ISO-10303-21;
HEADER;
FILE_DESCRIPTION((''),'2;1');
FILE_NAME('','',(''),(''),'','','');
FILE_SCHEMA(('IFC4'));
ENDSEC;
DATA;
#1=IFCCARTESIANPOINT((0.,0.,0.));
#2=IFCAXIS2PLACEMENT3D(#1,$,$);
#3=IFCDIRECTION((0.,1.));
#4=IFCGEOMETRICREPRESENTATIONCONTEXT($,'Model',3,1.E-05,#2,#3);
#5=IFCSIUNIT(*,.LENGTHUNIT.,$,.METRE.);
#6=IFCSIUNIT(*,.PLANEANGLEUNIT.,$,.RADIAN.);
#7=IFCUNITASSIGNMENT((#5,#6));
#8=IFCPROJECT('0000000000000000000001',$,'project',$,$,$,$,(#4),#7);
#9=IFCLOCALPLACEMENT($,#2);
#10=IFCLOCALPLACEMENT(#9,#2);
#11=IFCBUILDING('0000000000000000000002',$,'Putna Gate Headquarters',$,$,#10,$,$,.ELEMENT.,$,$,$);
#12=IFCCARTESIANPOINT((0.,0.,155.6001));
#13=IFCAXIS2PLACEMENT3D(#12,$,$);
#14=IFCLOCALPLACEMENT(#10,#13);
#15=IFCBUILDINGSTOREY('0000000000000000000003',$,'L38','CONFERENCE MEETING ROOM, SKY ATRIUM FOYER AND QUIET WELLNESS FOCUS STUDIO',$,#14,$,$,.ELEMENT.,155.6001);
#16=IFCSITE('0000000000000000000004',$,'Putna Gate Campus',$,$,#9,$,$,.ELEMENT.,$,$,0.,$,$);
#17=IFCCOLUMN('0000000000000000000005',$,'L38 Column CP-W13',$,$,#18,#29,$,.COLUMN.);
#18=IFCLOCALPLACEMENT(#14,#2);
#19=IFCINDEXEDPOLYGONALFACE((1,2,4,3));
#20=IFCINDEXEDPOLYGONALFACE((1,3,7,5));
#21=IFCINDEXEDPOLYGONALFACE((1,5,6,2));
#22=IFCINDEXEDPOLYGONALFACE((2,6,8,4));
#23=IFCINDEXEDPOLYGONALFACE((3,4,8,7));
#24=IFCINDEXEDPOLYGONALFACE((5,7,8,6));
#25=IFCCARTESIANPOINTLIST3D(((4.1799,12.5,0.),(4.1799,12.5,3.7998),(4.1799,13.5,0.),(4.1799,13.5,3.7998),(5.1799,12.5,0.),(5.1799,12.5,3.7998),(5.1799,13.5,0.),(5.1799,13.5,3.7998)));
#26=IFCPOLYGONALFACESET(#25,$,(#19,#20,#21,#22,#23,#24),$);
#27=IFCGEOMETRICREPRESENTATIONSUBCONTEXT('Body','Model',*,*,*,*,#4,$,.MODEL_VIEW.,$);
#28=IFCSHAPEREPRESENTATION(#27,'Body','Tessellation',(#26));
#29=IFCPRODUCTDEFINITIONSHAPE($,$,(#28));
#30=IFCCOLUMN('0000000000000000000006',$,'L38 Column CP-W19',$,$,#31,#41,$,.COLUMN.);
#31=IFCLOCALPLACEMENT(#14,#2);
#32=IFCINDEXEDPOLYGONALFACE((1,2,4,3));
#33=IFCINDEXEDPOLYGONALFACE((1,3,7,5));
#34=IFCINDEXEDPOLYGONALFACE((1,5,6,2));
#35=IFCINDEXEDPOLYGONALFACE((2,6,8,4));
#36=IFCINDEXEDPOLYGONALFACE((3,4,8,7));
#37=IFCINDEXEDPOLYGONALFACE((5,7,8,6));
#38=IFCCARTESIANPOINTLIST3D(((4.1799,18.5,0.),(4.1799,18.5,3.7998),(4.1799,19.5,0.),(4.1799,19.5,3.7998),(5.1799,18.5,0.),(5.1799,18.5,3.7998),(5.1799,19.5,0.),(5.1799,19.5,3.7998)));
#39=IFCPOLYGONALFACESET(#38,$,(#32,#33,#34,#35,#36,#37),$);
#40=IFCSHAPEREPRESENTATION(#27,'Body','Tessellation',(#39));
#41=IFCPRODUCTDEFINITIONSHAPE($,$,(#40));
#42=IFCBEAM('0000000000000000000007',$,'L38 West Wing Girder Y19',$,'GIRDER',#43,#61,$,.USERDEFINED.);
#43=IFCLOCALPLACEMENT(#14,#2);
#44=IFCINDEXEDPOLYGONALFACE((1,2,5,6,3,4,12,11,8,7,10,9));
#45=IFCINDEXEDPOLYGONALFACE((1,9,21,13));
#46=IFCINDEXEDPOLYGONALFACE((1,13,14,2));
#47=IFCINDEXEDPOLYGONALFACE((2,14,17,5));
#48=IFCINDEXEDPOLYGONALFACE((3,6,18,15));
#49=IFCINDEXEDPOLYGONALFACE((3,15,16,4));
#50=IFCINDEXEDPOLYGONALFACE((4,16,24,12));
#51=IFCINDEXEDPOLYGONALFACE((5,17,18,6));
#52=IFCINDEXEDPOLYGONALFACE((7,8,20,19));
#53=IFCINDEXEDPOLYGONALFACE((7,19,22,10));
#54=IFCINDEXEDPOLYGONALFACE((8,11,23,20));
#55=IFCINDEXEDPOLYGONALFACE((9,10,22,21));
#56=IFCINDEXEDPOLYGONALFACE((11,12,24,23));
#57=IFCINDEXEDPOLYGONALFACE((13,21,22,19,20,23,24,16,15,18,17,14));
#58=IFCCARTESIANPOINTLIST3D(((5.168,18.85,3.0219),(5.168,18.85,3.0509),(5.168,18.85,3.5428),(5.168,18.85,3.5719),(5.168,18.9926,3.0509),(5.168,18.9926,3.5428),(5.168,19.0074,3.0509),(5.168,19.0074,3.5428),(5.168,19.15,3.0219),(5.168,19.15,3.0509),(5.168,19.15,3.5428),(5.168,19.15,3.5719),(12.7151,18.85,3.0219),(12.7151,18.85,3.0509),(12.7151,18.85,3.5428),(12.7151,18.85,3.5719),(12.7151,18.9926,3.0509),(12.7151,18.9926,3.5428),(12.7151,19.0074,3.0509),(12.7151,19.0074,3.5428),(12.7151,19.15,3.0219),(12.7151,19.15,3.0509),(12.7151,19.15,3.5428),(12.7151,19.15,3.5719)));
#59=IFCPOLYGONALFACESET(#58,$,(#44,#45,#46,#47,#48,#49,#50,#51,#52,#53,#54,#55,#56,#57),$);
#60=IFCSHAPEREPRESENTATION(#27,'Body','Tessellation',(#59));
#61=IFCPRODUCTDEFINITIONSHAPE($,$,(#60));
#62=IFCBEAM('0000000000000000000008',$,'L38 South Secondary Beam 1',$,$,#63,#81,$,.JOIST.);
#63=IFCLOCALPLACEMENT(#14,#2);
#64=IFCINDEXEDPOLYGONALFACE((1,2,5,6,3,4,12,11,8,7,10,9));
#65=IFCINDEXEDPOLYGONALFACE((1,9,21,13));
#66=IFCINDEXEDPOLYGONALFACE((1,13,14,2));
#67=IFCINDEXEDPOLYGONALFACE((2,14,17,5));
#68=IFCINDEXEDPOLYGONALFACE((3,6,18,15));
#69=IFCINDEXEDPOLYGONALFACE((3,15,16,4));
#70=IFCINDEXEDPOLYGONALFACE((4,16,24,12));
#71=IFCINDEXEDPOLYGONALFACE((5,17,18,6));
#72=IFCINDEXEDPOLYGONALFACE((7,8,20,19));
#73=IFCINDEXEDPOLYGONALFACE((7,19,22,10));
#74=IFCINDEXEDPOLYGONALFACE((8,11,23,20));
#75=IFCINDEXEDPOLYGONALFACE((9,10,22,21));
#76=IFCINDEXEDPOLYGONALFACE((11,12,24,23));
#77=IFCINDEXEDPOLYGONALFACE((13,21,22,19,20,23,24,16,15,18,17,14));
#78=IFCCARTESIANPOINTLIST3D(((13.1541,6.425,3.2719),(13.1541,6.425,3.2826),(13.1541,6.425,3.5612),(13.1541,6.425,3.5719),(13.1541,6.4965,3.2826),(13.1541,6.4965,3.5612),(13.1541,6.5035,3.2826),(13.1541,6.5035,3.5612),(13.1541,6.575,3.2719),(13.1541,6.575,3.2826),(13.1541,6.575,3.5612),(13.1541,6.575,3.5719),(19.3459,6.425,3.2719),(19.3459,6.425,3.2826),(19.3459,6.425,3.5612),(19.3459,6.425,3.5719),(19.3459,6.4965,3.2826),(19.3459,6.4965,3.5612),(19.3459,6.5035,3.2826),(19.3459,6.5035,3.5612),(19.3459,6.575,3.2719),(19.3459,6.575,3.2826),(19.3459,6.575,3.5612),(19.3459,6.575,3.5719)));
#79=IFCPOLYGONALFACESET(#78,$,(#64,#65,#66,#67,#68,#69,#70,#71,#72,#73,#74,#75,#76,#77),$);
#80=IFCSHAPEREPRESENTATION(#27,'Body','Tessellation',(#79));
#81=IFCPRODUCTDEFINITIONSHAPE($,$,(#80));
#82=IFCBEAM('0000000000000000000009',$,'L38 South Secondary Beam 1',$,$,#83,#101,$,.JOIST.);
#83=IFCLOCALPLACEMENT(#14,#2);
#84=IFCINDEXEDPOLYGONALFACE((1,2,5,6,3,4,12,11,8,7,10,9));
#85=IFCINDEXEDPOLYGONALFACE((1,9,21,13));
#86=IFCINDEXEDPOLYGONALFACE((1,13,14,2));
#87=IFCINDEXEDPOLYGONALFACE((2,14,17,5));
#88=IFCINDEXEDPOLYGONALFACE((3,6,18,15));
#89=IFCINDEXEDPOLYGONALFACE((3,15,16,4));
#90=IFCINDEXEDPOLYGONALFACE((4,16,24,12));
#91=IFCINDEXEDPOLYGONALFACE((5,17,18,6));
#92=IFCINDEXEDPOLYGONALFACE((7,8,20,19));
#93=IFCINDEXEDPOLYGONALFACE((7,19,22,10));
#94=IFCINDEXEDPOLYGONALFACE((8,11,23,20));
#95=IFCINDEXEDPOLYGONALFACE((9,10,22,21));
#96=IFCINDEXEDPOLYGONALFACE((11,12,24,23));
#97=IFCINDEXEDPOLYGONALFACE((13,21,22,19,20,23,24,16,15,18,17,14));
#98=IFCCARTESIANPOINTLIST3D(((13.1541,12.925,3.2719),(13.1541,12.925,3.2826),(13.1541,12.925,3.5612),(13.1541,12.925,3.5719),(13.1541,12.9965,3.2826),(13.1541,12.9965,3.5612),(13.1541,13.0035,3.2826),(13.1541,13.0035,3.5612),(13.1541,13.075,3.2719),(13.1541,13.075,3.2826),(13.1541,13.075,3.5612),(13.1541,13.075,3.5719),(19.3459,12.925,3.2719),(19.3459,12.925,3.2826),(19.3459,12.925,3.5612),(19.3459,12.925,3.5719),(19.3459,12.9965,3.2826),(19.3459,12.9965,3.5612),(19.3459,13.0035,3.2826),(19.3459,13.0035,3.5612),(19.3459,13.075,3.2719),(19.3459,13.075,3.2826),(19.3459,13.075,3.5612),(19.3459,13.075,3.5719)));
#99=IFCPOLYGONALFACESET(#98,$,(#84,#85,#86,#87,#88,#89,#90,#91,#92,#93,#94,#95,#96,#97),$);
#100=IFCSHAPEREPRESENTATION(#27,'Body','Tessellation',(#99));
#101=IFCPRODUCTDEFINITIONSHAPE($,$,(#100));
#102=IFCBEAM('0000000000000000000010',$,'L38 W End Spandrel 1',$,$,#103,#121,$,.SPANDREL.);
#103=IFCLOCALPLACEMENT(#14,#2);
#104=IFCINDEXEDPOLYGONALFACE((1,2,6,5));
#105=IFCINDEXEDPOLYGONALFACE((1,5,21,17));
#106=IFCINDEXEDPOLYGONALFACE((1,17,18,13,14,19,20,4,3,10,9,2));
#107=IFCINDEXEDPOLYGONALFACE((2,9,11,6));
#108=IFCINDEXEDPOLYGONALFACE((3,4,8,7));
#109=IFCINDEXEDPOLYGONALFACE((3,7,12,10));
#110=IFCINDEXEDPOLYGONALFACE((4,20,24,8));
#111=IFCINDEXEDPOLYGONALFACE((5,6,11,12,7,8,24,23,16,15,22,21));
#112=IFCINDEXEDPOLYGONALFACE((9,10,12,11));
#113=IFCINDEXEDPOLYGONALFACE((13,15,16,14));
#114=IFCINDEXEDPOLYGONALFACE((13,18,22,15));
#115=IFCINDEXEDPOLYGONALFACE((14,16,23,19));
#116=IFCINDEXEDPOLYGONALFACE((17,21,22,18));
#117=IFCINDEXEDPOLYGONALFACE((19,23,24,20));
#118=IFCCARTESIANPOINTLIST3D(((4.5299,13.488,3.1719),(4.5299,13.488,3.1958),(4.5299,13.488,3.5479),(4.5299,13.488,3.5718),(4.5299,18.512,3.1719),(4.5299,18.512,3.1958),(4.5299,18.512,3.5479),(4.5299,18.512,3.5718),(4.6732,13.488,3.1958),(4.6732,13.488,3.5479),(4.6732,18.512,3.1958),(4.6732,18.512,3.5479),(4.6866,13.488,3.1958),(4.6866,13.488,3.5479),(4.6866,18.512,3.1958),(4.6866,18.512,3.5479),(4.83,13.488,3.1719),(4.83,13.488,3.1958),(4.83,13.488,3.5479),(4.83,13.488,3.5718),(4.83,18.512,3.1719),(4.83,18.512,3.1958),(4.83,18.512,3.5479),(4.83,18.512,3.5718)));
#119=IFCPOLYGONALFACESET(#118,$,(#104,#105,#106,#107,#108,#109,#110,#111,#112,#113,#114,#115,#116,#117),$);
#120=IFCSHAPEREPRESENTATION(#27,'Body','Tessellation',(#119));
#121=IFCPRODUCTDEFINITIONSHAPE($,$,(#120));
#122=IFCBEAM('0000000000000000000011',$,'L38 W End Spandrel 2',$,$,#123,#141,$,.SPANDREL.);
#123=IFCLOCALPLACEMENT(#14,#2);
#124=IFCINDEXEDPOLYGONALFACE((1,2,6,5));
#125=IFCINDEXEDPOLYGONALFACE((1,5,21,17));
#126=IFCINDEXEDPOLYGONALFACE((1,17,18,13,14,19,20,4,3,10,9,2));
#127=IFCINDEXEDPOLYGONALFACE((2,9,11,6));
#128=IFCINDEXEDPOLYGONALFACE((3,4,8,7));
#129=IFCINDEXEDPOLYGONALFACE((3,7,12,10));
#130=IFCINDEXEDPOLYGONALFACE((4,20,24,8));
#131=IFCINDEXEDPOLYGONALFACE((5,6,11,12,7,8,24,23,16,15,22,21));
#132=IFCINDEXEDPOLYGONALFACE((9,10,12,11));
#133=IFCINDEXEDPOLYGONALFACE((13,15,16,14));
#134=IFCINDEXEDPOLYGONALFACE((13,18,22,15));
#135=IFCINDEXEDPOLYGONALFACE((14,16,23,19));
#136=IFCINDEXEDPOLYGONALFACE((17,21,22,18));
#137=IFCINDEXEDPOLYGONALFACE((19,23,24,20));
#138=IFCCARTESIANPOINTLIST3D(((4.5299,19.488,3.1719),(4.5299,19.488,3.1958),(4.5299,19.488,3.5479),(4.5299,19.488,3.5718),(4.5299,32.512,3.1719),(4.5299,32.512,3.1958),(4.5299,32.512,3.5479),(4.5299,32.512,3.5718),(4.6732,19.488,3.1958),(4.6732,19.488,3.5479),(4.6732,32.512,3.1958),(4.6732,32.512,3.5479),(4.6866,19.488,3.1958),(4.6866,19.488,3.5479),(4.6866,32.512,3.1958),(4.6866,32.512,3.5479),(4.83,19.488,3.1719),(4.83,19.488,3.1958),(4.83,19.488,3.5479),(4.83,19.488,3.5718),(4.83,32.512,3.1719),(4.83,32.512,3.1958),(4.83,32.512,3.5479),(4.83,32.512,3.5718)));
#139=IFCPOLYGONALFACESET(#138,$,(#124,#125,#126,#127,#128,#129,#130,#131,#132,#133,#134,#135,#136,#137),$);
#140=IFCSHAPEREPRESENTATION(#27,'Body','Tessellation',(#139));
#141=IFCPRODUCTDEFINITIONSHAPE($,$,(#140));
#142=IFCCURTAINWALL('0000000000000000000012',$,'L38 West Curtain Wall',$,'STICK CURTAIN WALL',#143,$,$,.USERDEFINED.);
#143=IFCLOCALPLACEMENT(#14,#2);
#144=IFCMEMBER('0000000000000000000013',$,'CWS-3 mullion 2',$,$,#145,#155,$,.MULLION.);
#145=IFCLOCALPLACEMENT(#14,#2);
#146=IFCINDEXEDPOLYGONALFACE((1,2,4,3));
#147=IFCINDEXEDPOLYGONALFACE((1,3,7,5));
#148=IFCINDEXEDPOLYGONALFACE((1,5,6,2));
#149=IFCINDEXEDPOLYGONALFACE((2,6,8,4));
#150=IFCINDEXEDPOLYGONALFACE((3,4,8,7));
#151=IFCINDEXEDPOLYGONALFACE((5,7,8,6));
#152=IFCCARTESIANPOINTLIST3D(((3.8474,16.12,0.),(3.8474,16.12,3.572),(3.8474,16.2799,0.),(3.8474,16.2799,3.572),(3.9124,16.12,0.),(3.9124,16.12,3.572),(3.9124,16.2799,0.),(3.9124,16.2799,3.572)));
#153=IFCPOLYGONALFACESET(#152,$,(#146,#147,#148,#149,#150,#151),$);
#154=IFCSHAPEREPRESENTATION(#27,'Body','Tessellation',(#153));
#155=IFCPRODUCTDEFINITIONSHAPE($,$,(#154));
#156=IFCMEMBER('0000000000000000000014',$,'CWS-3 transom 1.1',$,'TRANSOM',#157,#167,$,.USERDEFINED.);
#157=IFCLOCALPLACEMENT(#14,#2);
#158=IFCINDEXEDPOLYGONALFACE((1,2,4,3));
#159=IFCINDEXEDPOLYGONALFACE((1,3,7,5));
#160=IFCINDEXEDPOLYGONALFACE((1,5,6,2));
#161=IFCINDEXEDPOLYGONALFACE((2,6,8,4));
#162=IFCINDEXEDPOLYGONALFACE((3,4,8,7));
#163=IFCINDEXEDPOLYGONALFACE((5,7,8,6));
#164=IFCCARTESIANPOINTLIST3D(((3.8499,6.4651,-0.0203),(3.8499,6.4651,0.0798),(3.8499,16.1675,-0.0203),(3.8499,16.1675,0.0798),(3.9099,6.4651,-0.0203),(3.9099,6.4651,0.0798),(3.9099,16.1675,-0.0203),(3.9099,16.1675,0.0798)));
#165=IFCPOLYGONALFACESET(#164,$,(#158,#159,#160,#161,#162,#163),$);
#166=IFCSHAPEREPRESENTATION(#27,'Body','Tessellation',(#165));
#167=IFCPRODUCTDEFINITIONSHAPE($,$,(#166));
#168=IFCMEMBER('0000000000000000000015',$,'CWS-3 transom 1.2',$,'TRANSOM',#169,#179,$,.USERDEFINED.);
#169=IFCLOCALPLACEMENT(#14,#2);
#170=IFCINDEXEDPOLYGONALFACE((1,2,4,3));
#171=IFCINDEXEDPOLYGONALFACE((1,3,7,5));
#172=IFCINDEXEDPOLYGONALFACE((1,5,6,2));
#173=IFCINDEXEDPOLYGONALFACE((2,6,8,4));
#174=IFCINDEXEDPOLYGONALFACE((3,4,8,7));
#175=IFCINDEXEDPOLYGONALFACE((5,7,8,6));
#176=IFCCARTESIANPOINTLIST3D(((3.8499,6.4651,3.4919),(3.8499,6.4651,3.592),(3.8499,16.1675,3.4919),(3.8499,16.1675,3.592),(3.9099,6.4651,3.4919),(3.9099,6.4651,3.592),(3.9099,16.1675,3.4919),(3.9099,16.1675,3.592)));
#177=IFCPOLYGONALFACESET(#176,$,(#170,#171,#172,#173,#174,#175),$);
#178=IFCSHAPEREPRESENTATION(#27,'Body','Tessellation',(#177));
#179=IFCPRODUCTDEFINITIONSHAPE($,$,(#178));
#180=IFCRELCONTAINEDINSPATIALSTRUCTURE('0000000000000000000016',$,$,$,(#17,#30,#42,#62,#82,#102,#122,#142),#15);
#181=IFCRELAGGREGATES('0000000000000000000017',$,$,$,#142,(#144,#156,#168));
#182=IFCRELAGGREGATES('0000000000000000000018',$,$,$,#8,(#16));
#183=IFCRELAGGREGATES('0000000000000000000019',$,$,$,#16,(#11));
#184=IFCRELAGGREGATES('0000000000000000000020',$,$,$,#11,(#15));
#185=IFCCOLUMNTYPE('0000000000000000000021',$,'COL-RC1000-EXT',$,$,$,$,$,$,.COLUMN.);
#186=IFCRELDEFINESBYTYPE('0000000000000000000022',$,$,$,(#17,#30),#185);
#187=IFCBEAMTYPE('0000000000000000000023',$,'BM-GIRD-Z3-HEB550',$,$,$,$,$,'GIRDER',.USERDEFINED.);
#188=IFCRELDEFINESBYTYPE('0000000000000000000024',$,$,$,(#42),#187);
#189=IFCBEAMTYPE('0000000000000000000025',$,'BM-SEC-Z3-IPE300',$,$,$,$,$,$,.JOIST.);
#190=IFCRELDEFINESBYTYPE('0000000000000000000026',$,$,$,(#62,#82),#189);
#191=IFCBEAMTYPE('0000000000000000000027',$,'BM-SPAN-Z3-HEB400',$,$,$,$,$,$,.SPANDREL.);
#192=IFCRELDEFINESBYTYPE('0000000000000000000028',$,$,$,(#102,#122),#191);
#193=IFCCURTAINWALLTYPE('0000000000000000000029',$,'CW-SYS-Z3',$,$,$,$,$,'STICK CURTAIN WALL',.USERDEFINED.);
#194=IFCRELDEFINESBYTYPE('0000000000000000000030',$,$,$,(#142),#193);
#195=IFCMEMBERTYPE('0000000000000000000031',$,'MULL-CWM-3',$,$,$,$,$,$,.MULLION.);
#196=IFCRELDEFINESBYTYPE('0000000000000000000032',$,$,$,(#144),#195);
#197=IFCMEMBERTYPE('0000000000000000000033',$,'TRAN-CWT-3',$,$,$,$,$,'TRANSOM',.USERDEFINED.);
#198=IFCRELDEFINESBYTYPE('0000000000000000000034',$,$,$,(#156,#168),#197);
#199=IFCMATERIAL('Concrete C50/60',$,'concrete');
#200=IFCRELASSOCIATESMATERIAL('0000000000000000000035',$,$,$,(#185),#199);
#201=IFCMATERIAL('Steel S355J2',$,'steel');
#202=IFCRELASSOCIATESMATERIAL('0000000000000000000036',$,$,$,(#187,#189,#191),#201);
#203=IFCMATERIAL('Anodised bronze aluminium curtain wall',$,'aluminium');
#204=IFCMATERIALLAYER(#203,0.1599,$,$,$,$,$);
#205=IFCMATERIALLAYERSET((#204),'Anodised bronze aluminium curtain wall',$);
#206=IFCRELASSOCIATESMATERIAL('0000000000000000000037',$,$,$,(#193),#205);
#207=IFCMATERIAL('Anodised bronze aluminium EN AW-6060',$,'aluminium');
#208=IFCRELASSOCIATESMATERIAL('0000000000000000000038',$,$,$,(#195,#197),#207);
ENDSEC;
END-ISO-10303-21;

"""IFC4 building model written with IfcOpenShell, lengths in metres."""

from ifc_helpers import new_model, si_unit, direction, frame, origin, origin_2d, place, context, subcontext, project, spatial, rectangle, i_section, extrude, material, layer, layer_set, material_profile, profile_set, type_object, element, aggregate, save


model = new_model("IFC4")

# Units and contexts
model_context = context("Model", 3, precision=1e-05, world=origin(), true_north=direction((0.0, 1.0)))
body_context = subcontext(model_context, "Body", "Model", "MODEL_VIEW")
ifc_project = project(units=[si_unit("LENGTHUNIT", "METRE"), si_unit("PLANEANGLEUNIT", "RADIAN")], contexts=[model_context])

# Site, building, storey
site_placement = place(None, origin())
site = spatial("IfcSite", under=ifc_project, at=site_placement, Name="Putna Gate Campus", CompositionType="ELEMENT", RefElevation=0.0)
building_placement = place(site_placement, origin())
building = spatial("IfcBuilding", under=site, at=building_placement, Name="Putna Gate Headquarters", CompositionType="ELEMENT")
storey_placement = place(building_placement, frame((0.0, 0.0, 155.6001)))
storey = spatial("IfcBuildingStorey", under=building, at=storey_placement, Name="L38", Description="CONFERENCE MEETING ROOM, SKY ATRIUM FOYER AND QUIET WELLNESS FOCUS STUDIO", CompositionType="ELEMENT", Elevation=155.6001)

# Columns
ifc_material_1 = material(Name="Concrete C50/60", Category="concrete")
ifc_material_profile_1 = material_profile(ifc_material_1, rectangle(XDim=1.0, YDim=1.0, at=origin_2d()), Name="Concrete C50/60")
ifc_profile_set_1 = profile_set([ifc_material_profile_1], Name="Concrete C50/60")
column_type = type_object("IfcColumnType", Name="COL-RC1000-EXT", PredefinedType="COLUMN", material=ifc_profile_set_1)
for number, where, z_axis, x_axis, name in (
    (1, (4.6799, 13.0, 0.0), (0.0, 0.0, 1.0), (1.0, 0.0, 0.0), "L38 Column CP-W13"),
    (2, (4.6799, 19.0, 0.0), (0.0, 0.0, 1.0), (1.0, 0.0, 0.0), "L38 Column CP-W19"),
):
    element("IfcColumn", number, at=place(storey_placement, frame(where, z_axis=z_axis, x_axis=x_axis)), inside=storey, type_object=column_type, Name=name, PredefinedType="COLUMN", context=body_context, shape_type="SweptSolid", body=[
        extrude(rectangle(XDim=1.0, YDim=1.0, at=origin_2d()), origin(), (0.0, 0.0, 1.0), 3.7998),
    ])

# Beams
ifc_material_2 = material(Name="Steel S355J2", Category="steel")
ifc_material_profile_2 = material_profile(ifc_material_2, i_section(OverallWidth=0.3, OverallDepth=0.55, WebThickness=0.0149, FlangeThickness=0.0291, at=origin_2d()), Name="Steel S355J2")
ifc_profile_set_2 = profile_set([ifc_material_profile_2], Name="Steel S355J2")
beam_type_1 = type_object("IfcBeamType", Name="BM-GIRD-Z3-HEB550", ElementType="GIRDER", PredefinedType="USERDEFINED", material=ifc_profile_set_2)
beam_1_placement = place(storey_placement, frame((5.168, 19.0, 3.2969), z_axis=(1.0, 0.0, 0.0), x_axis=(0.0, 1.0, 0.0)))
element("IfcBeam", 3, at=beam_1_placement, inside=storey, type_object=beam_type_1, Name="L38 West Wing Girder Y19", ObjectType="GIRDER", PredefinedType="USERDEFINED", context=body_context, shape_type="SweptSolid", body=[
    extrude(i_section(OverallWidth=0.3, OverallDepth=0.55, WebThickness=0.0149, FlangeThickness=0.0291, at=origin_2d()), origin(), (0.0, 0.0, 1.0), 7.5471),
])
ifc_material_profile_3 = material_profile(ifc_material_2, i_section(OverallWidth=0.1499, OverallDepth=0.3, WebThickness=0.0071, FlangeThickness=0.0107, at=origin_2d()), Name="Steel S355J2")
ifc_profile_set_3 = profile_set([ifc_material_profile_3], Name="Steel S355J2")
beam_type_2 = type_object("IfcBeamType", Name="BM-SEC-Z3-IPE300", PredefinedType="JOIST", material=ifc_profile_set_3)
for number, where, z_axis, x_axis, name in (
    (4, (13.1541, 6.5, 3.4219), (1.0, 0.0, 0.0), (0.0, 1.0, 0.0), "L38 South Secondary Beam 1"),
    (5, (13.1541, 13.0, 3.4219), (1.0, 0.0, 0.0), (0.0, 1.0, 0.0), "L38 South Secondary Beam 1"),
):
    element("IfcBeam", number, at=place(storey_placement, frame(where, z_axis=z_axis, x_axis=x_axis)), inside=storey, type_object=beam_type_2, Name=name, PredefinedType="JOIST", context=body_context, shape_type="SweptSolid", body=[
        extrude(i_section(OverallWidth=0.1499, OverallDepth=0.3, WebThickness=0.0071, FlangeThickness=0.0107, at=origin_2d()), origin(), (0.0, 0.0, 1.0), 6.1919),
    ])
ifc_material_profile_4 = material_profile(ifc_material_2, i_section(OverallWidth=0.3, OverallDepth=0.3999, WebThickness=0.0134, FlangeThickness=0.0239, at=origin_2d()), Name="Steel S355J2")
ifc_profile_set_4 = profile_set([ifc_material_profile_4], Name="Steel S355J2")
beam_type_3 = type_object("IfcBeamType", Name="BM-SPAN-Z3-HEB400", PredefinedType="SPANDREL", material=ifc_profile_set_4)
beam_2_placement = place(storey_placement, frame((4.6799, 13.488, 3.3718), z_axis=(0.0, 1.0, 0.0), x_axis=(-1.0, 0.0, 0.0)))
element("IfcBeam", 6, at=beam_2_placement, inside=storey, type_object=beam_type_3, Name="L38 W End Spandrel 1", PredefinedType="SPANDREL", context=body_context, shape_type="SweptSolid", body=[
    extrude(i_section(OverallWidth=0.3, OverallDepth=0.3999, WebThickness=0.0134, FlangeThickness=0.0239, at=origin_2d()), origin(), (0.0, 0.0, 1.0), 5.0239),
])
beam_3_placement = place(storey_placement, frame((4.6799, 19.488, 3.3718), z_axis=(0.0, 1.0, 0.0), x_axis=(-1.0, 0.0, 0.0)))
element("IfcBeam", 7, at=beam_3_placement, inside=storey, type_object=beam_type_3, Name="L38 W End Spandrel 2", PredefinedType="SPANDREL", context=body_context, shape_type="SweptSolid", body=[
    extrude(i_section(OverallWidth=0.3, OverallDepth=0.3999, WebThickness=0.0134, FlangeThickness=0.0239, at=origin_2d()), origin(), (0.0, 0.0, 1.0), 13.0239),
])

# Curtain wall, members
ifc_material_3 = material(Name="Anodised bronze aluminium curtain wall", Category="aluminium")
ifc_layer_1 = layer(ifc_material_3, 0.1599)
ifc_layer_set_1 = layer_set([ifc_layer_1], Name="Anodised bronze aluminium curtain wall")
curtain_wall_type = type_object("IfcCurtainWallType", Name="CW-SYS-Z3", ElementType="STICK CURTAIN WALL", PredefinedType="USERDEFINED", material=ifc_layer_set_1)
curtain_wall_placement = place(storey_placement, origin())
curtain_wall = element("IfcCurtainWall", 8, at=curtain_wall_placement, inside=storey, type_object=curtain_wall_type, Name="L38 West Curtain Wall", ObjectType="STICK CURTAIN WALL", PredefinedType="USERDEFINED")
ifc_material_4 = material(Name="Anodised bronze aluminium EN AW-6060", Category="aluminium")
ifc_material_profile_5 = material_profile(ifc_material_4, rectangle(XDim=0.0649, YDim=0.1599, at=origin_2d()), Name="Anodised bronze aluminium EN AW-6060")
ifc_profile_set_5 = profile_set([ifc_material_profile_5], Name="Anodised bronze aluminium EN AW-6060")
member_type_1 = type_object("IfcMemberType", Name="MULL-CWM-3", PredefinedType="MULLION", material=ifc_profile_set_5)
member_1_placement = place(storey_placement, frame((3.8799, 16.2, 0.0), z_axis=(0.0, 0.0, 1.0), x_axis=(-1.0, 0.0, 0.0)))
member_1 = element("IfcMember", 9, at=member_1_placement, type_object=member_type_1, Name="CWS-3 mullion 2", PredefinedType="MULLION", context=body_context, shape_type="SweptSolid", body=[
    extrude(rectangle(XDim=0.0649, YDim=0.1599, at=origin_2d()), origin(), (0.0, 0.0, 1.0), 3.572),
])
ifc_material_profile_6 = material_profile(ifc_material_4, rectangle(XDim=0.0601, YDim=0.1001, at=origin_2d()), Name="Anodised bronze aluminium EN AW-6060")
ifc_profile_set_6 = profile_set([ifc_material_profile_6], Name="Anodised bronze aluminium EN AW-6060")
member_type_2 = type_object("IfcMemberType", Name="TRAN-CWT-3", ElementType="TRANSOM", PredefinedType="USERDEFINED", material=ifc_profile_set_6)
member_2_placement = place(storey_placement, frame((3.8799, 6.4651, 0.0298), z_axis=(0.0, 1.0, 0.0), x_axis=(-1.0, 0.0, 0.0)))
member_2 = element("IfcMember", 10, at=member_2_placement, type_object=member_type_2, Name="CWS-3 transom 1.1", ObjectType="TRANSOM", PredefinedType="USERDEFINED", context=body_context, shape_type="SweptSolid", body=[
    extrude(rectangle(XDim=0.0601, YDim=0.1001, at=origin_2d()), origin(), (0.0, 0.0, 1.0), 9.7024),
])
member_3_placement = place(storey_placement, frame((3.8799, 6.4651, 3.542), z_axis=(0.0, 1.0, 0.0), x_axis=(-1.0, 0.0, 0.0)))
member_3 = element("IfcMember", 11, at=member_3_placement, type_object=member_type_2, Name="CWS-3 transom 1.2", ObjectType="TRANSOM", PredefinedType="USERDEFINED", context=body_context, shape_type="SweptSolid", body=[
    extrude(rectangle(XDim=0.0601, YDim=0.1001, at=origin_2d()), origin(), (0.0, 0.0, 1.0), 9.7024),
])
aggregate(curtain_wall, [member_1, member_2, member_3])

save(model, "model.ifc")
